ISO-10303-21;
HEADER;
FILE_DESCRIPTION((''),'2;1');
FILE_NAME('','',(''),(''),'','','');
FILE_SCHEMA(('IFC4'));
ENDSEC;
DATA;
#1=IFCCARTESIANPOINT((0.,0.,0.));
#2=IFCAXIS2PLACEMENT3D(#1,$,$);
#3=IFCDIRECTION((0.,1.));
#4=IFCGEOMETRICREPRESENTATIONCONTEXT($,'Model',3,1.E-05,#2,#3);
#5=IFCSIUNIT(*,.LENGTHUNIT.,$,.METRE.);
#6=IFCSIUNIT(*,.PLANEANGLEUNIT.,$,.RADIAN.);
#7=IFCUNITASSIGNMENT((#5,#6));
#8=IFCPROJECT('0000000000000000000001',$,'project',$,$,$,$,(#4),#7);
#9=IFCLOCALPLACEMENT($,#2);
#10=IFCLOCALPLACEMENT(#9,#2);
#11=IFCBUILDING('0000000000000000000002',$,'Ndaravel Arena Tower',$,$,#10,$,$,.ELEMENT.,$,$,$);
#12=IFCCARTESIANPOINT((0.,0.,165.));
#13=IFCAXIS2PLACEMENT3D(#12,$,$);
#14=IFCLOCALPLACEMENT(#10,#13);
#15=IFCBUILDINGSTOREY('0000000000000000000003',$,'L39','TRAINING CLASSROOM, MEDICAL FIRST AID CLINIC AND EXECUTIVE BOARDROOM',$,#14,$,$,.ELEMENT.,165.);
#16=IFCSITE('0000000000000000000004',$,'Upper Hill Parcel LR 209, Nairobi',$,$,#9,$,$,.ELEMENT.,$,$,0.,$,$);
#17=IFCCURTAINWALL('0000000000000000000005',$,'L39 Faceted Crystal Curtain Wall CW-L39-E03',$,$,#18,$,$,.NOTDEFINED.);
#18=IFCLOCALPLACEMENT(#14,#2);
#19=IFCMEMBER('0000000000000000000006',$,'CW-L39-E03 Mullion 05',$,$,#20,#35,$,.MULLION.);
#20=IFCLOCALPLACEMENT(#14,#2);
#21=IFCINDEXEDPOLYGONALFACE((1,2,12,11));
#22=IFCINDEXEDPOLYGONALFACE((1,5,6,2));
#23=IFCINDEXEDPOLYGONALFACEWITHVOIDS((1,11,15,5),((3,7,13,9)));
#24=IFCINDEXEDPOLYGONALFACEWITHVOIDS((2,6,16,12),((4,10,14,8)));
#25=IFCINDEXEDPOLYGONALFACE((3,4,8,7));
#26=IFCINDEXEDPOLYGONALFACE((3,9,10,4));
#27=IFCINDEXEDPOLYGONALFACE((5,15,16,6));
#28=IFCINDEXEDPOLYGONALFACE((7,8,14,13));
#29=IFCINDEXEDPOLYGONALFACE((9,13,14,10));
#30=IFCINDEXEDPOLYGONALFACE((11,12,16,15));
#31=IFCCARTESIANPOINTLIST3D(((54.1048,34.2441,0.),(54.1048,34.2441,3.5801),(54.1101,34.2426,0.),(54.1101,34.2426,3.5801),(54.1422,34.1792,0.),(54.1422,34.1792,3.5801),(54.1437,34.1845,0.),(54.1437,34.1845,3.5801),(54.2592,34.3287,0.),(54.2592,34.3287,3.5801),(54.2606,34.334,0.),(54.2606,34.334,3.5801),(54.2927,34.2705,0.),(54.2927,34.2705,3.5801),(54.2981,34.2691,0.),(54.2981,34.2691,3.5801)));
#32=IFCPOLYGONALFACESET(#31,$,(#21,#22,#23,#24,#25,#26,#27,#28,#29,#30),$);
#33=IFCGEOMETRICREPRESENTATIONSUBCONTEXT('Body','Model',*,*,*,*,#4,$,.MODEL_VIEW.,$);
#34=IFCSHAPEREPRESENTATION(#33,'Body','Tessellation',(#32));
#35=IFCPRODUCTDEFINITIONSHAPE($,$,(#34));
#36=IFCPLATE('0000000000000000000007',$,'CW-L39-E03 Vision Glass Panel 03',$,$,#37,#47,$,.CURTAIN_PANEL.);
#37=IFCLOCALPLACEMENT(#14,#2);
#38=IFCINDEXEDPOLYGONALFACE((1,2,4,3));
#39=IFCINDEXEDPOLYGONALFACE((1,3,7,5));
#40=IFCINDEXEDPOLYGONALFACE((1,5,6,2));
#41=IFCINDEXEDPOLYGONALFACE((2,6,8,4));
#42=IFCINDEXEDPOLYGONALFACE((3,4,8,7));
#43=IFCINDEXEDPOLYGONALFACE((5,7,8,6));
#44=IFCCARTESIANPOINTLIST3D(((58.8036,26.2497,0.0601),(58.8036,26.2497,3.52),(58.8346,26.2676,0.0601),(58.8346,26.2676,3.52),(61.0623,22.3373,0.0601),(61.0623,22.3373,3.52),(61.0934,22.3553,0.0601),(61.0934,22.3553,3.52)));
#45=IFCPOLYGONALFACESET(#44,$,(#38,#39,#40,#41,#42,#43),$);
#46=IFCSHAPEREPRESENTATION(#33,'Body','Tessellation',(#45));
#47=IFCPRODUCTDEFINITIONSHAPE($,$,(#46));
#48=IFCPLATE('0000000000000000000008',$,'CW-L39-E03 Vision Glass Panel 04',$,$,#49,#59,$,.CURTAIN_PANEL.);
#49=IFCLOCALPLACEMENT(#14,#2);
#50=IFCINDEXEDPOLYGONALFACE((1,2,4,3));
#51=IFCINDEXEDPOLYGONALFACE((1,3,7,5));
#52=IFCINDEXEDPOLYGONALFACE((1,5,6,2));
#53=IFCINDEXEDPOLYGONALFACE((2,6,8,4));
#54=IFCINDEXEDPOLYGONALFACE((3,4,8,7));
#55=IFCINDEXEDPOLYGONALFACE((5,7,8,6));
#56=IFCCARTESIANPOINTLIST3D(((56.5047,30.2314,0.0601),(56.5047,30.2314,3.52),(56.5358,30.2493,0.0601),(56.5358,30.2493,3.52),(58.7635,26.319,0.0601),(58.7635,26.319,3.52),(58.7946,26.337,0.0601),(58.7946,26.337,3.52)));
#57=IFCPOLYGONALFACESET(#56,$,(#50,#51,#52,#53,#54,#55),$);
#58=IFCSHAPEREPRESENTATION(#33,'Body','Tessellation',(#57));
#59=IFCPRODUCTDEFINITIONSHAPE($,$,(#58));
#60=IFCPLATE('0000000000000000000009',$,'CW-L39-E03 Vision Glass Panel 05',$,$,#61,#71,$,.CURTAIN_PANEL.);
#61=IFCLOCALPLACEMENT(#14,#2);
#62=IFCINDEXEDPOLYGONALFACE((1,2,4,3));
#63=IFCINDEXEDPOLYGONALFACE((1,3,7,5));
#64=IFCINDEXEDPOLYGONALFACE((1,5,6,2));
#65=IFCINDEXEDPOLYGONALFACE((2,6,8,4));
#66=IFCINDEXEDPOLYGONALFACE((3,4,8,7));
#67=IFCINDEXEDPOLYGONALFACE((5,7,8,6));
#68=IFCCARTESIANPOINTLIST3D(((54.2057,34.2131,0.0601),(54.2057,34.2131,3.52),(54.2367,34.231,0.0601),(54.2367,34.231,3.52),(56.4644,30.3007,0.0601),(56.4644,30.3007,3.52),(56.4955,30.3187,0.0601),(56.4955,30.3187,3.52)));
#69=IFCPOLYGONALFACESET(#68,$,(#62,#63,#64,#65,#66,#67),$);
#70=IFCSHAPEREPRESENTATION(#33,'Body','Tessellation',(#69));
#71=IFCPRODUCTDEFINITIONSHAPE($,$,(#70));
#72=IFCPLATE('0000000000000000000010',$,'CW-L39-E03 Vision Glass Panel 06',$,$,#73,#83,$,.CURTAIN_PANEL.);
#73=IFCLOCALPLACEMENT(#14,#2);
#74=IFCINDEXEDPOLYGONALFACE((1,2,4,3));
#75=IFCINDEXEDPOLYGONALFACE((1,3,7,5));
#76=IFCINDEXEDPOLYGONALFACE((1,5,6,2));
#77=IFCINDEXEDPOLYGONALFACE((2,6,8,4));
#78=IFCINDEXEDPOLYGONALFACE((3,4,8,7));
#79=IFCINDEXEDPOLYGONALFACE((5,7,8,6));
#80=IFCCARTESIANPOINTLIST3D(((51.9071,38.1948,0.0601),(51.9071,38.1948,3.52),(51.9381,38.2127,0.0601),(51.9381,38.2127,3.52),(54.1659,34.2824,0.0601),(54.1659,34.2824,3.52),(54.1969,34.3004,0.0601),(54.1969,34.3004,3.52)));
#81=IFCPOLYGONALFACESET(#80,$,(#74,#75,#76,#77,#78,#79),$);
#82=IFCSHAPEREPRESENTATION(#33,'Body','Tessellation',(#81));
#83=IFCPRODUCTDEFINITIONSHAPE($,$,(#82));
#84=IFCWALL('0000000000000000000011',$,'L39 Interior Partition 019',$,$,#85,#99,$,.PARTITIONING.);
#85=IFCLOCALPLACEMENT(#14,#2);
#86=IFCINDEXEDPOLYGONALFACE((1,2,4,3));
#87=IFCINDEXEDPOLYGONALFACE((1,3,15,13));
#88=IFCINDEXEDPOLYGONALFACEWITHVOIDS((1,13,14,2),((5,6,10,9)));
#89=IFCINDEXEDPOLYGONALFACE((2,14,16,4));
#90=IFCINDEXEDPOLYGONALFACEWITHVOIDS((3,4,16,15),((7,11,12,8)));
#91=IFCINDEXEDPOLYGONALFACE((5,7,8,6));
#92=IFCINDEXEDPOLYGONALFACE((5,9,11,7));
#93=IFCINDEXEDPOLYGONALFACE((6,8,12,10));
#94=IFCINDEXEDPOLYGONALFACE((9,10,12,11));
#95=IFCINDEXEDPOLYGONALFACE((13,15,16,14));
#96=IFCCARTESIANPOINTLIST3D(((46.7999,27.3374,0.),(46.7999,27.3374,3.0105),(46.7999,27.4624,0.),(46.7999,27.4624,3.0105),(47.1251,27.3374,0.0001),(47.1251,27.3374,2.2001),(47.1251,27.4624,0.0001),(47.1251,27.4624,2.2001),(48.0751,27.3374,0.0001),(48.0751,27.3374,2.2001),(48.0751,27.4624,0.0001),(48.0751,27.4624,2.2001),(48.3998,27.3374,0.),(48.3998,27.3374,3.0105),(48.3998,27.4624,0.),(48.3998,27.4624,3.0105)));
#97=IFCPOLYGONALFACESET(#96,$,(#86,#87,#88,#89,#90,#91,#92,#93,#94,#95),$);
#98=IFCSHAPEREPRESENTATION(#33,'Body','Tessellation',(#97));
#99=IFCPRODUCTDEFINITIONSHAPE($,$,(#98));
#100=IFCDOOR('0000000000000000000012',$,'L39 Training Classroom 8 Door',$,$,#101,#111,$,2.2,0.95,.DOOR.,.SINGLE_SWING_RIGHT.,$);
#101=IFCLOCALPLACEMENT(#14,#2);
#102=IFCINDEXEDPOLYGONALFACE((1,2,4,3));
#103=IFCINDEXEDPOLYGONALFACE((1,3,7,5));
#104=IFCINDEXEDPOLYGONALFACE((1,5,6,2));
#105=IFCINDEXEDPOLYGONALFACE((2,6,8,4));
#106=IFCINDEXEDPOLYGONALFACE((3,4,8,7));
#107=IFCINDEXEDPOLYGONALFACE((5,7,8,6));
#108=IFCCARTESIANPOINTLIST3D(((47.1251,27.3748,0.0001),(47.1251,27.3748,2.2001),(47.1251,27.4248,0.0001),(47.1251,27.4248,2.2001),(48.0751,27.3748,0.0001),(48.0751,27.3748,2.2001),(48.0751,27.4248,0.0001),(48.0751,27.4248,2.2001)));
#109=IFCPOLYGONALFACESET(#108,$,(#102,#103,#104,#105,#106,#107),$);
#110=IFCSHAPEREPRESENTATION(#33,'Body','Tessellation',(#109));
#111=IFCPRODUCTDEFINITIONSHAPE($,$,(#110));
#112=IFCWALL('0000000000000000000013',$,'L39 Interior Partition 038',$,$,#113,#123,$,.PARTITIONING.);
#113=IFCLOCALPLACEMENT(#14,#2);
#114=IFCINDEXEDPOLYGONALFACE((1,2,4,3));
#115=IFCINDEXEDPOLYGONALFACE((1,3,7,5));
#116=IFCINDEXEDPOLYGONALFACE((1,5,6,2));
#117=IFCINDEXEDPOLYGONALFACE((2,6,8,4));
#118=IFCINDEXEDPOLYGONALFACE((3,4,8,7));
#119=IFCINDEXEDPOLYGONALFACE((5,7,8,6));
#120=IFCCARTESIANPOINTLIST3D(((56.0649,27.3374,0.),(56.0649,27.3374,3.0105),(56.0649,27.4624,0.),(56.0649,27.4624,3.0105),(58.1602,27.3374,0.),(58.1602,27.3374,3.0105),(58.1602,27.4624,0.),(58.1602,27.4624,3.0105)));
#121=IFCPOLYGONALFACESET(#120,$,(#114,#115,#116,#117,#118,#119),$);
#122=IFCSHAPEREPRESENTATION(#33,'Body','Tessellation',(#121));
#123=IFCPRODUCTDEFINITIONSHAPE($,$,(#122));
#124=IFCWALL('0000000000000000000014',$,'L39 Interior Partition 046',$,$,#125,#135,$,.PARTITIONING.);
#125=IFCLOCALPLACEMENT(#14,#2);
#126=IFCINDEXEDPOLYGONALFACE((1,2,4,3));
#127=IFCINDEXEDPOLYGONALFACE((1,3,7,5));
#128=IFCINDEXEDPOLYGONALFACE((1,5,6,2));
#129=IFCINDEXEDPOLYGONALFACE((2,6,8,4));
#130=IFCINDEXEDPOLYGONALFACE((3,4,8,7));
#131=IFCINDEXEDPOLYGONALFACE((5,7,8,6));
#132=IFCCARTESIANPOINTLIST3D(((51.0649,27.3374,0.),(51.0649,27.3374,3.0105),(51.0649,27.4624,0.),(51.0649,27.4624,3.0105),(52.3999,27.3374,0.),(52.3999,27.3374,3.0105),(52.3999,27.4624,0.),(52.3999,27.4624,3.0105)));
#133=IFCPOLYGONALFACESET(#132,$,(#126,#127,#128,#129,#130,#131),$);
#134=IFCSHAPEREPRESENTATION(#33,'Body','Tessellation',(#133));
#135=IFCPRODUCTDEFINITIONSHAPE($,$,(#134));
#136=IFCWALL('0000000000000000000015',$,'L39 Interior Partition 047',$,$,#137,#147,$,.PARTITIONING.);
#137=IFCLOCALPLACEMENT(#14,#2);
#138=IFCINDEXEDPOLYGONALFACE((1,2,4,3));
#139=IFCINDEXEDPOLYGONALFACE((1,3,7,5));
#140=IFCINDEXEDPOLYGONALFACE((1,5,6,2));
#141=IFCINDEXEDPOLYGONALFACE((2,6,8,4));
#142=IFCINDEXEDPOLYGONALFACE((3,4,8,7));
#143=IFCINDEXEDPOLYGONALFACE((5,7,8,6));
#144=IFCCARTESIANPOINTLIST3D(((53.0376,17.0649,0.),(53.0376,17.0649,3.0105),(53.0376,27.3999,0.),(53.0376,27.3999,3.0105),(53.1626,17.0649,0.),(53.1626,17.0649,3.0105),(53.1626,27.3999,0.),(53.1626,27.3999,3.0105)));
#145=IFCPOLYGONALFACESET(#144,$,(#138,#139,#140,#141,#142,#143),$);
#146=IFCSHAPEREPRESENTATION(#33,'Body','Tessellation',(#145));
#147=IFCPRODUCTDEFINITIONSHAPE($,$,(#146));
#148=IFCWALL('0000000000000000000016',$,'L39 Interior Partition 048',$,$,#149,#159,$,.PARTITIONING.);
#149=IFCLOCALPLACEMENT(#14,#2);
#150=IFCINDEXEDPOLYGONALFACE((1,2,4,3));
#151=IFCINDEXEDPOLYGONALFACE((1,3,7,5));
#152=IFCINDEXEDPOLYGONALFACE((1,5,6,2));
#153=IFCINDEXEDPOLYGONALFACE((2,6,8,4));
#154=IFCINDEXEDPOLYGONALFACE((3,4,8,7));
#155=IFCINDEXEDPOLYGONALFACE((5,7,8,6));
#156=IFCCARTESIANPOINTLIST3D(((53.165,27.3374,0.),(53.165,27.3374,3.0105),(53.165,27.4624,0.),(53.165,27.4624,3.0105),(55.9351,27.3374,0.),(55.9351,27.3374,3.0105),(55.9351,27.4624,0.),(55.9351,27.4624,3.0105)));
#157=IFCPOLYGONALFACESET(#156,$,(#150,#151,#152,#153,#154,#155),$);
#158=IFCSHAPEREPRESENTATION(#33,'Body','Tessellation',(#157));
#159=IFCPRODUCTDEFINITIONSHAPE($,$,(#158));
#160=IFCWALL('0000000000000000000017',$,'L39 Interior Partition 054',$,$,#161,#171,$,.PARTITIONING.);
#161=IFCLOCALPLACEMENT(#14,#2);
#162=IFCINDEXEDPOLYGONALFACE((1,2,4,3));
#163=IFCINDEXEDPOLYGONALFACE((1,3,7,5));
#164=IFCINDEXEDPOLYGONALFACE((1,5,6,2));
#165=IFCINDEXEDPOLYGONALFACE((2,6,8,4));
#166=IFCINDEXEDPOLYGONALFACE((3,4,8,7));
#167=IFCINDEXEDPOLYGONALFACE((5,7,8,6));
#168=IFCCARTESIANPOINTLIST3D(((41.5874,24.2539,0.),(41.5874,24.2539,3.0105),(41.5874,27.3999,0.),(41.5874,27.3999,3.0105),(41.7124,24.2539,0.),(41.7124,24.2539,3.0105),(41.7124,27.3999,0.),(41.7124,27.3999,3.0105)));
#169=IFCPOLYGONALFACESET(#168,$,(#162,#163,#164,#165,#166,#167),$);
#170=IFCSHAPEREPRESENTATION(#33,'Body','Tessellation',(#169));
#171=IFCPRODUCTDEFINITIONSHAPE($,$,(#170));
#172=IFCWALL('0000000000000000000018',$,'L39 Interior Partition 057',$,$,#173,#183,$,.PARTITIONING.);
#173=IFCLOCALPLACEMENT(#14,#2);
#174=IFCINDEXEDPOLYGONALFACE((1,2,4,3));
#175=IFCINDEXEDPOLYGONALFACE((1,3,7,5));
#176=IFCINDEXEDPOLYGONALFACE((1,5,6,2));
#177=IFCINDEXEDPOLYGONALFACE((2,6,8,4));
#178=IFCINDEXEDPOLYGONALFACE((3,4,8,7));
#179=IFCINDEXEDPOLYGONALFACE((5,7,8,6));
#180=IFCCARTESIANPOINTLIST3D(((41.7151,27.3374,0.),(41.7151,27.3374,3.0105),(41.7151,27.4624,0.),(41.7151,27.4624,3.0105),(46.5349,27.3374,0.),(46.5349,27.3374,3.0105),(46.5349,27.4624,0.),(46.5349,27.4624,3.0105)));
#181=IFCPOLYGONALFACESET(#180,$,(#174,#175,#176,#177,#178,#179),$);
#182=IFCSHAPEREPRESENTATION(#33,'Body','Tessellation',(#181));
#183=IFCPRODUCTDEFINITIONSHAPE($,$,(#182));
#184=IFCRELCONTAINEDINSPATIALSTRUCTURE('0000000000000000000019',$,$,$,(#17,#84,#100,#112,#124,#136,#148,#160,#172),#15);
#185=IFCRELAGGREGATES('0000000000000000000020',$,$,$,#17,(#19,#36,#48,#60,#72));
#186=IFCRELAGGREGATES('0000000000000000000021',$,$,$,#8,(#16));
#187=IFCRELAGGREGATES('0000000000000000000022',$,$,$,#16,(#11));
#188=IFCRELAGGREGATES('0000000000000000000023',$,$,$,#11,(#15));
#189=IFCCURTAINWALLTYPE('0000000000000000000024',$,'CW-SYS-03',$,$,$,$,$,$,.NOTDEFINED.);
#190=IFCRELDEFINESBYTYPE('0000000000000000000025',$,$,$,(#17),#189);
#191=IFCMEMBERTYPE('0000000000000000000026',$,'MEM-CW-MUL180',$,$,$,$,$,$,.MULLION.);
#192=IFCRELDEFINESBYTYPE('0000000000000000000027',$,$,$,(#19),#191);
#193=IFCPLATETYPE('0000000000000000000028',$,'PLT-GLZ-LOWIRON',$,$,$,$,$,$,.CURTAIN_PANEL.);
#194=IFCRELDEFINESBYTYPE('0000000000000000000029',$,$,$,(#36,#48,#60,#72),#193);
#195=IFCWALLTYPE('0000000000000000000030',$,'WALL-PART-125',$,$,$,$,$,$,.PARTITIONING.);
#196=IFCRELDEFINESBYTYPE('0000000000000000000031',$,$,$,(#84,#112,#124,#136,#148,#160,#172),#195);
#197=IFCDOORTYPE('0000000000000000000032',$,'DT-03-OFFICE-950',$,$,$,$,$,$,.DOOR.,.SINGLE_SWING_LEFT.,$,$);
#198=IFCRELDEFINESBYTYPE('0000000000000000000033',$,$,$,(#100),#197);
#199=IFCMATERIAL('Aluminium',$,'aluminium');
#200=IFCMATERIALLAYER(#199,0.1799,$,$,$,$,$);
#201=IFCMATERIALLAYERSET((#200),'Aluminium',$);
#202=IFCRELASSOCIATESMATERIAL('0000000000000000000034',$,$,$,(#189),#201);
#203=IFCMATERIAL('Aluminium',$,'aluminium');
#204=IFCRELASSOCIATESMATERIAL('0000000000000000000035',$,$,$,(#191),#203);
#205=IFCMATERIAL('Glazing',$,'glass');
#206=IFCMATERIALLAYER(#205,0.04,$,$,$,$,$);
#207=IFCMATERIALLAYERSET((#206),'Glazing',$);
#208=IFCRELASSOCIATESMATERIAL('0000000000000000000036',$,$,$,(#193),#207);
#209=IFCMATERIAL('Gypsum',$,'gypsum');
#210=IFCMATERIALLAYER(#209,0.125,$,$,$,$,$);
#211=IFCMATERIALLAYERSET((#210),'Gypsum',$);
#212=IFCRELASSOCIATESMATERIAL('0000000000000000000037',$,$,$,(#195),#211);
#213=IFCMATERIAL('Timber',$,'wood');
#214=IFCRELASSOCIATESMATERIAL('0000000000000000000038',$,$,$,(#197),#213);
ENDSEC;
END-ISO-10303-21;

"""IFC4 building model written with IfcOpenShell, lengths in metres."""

from ifc_helpers import new_model, si_unit, direction, frame, frame_2d, origin, origin_2d, place, context, subcontext, project, spatial, rectangle, hollow_rectangle, extrude, material, layer, layer_set, material_profile, profile_set, type_object, element, fill, aggregate, save


model = new_model("IFC4")

# Units and contexts
model_context = context("Model", 3, precision=1e-05, world=origin(), true_north=direction((0.0, 1.0)))
body_context = subcontext(model_context, "Body", "Model", "MODEL_VIEW")
ifc_project = project(units=[si_unit("LENGTHUNIT", "METRE"), si_unit("PLANEANGLEUNIT", "RADIAN")], contexts=[model_context])

# Site, building, storey
site_placement = place(None, origin())
site = spatial("IfcSite", under=ifc_project, at=site_placement, Name="Upper Hill Parcel LR 209, Nairobi", CompositionType="ELEMENT", RefElevation=0.0)
building_placement = place(site_placement, origin())
building = spatial("IfcBuilding", under=site, at=building_placement, Name="Ndaravel Arena Tower", CompositionType="ELEMENT")
storey_placement = place(building_placement, frame((0.0, 0.0, 165.0)))
storey = spatial("IfcBuildingStorey", under=building, at=storey_placement, Name="L39", Description="TRAINING CLASSROOM, MEDICAL FIRST AID CLINIC AND EXECUTIVE BOARDROOM", CompositionType="ELEMENT", Elevation=165.0)

# Curtain wall, member, plates
ifc_material_1 = material(Name="Aluminium", Category="aluminium")
ifc_layer_1 = layer(ifc_material_1, 0.1799)
ifc_layer_set_1 = layer_set([ifc_layer_1], Name="Aluminium")
curtain_wall_type = type_object("IfcCurtainWallType", Name="CW-SYS-03", PredefinedType="NOTDEFINED", material=ifc_layer_set_1)
curtain_wall_placement = place(storey_placement, origin())
curtain_wall = element("IfcCurtainWall", 1, at=curtain_wall_placement, inside=storey, type_object=curtain_wall_type, Name="L39 Faceted Crystal Curtain Wall CW-L39-E03", PredefinedType="NOTDEFINED")
ifc_material_2 = material(Name="Aluminium", Category="aluminium")
ifc_material_profile_1 = material_profile(ifc_material_2, hollow_rectangle(XDim=0.075, YDim=0.1799, WallThickness=0.0039, at=origin_2d()), Name="CW MULLION 75x180x4")
ifc_profile_set_1 = profile_set([ifc_material_profile_1], Name="Aluminium")
member_type = type_object("IfcMemberType", Name="MEM-CW-MUL180", PredefinedType="MULLION", material=ifc_profile_set_1)
member_1_placement = place(storey_placement, frame((54.2014, 34.2566, 0.0), z_axis=(0.0, 0.0, 1.0), x_axis=(-0.5, 0.866025, 0.0)))
member_1 = element("IfcMember", 2, at=member_1_placement, type_object=member_type, Name="CW-L39-E03 Mullion 05", PredefinedType="MULLION", context=body_context, shape_type="SweptSolid", body=[
    extrude(hollow_rectangle(XDim=0.075, YDim=0.1799, WallThickness=0.0039, at=origin_2d()), origin(), (0.0, 0.0, 1.0), 3.5801),
])
ifc_material_3 = material(Name="Glazing", Category="glass")
ifc_layer_2 = layer(ifc_material_3, 0.04)
ifc_layer_set_2 = layer_set([ifc_layer_2], Name="Glazing")
plate_type = type_object("IfcPlateType", Name="PLT-GLZ-LOWIRON", PredefinedType="CURTAIN_PANEL", material=ifc_layer_set_2)
plate_1_placement = place(storey_placement, frame((59.9485, 24.3025, 0.0601), z_axis=(0.0, 0.0, 1.0), x_axis=(-0.5, 0.866025, 0.0)))
plate_1 = element("IfcPlate", 3, at=plate_1_placement, type_object=plate_type, Name="CW-L39-E03 Vision Glass Panel 03", PredefinedType="CURTAIN_PANEL", context=body_context, shape_type="SweptSolid", body=[
    extrude(rectangle(XDim=4.5176, YDim=0.0359, at=origin_2d()), origin(), (0.0, 0.0, 1.0), 3.46),
])
plate_2_placement = place(storey_placement, frame((57.6497, 28.2842, 0.0601), z_axis=(0.0, 0.0, 1.0), x_axis=(-0.5, 0.866025, 0.0)))
plate_2 = element("IfcPlate", 4, at=plate_2_placement, type_object=plate_type, Name="CW-L39-E03 Vision Glass Panel 04", PredefinedType="CURTAIN_PANEL", context=body_context, shape_type="SweptSolid", body=[
    extrude(rectangle(XDim=4.5176, YDim=0.0359, at=origin_2d()), origin(), (0.0, 0.0, 1.0), 3.46),
])
plate_3_placement = place(storey_placement, frame((55.3506, 32.2659, 0.0601), z_axis=(0.0, 0.0, 1.0), x_axis=(-0.5, 0.866025, 0.0)))
plate_3 = element("IfcPlate", 5, at=plate_3_placement, type_object=plate_type, Name="CW-L39-E03 Vision Glass Panel 05", PredefinedType="CURTAIN_PANEL", context=body_context, shape_type="SweptSolid", body=[
    extrude(rectangle(XDim=4.5176, YDim=0.0359, at=origin_2d()), origin(), (0.0, 0.0, 1.0), 3.46),
])
plate_4_placement = place(storey_placement, frame((53.052, 36.2476, 0.0601), z_axis=(0.0, 0.0, 1.0), x_axis=(-0.5, 0.866025, 0.0)))
plate_4 = element("IfcPlate", 6, at=plate_4_placement, type_object=plate_type, Name="CW-L39-E03 Vision Glass Panel 06", PredefinedType="CURTAIN_PANEL", context=body_context, shape_type="SweptSolid", body=[
    extrude(rectangle(XDim=4.5176, YDim=0.0359, at=origin_2d()), origin(), (0.0, 0.0, 1.0), 3.46),
])
aggregate(curtain_wall, [member_1, plate_1, plate_2, plate_3, plate_4])

# Wall, opening, door
ifc_material_4 = material(Name="Gypsum", Category="gypsum")
ifc_layer_3 = layer(ifc_material_4, 0.125)
ifc_layer_set_3 = layer_set([ifc_layer_3], Name="Gypsum")
wall_type_1 = type_object("IfcWallType", Name="WALL-PART-125", PredefinedType="PARTITIONING", material=ifc_layer_set_3)
wall_1_placement = place(storey_placement, frame((46.8, 27.3999, 0.0), z_axis=(0.0, 0.0, 1.0), x_axis=(1.0, 0.0, 0.0)))
wall_1 = element("IfcWall", 7, at=wall_1_placement, inside=storey, type_object=wall_type_1, Name="L39 Interior Partition 019", PredefinedType="PARTITIONING", context=body_context, shape_type="SweptSolid", body=[
    extrude(rectangle(XDim=1.5999, YDim=0.125, at=frame_2d((0.7998, 0.0))), origin(), (0.0, 0.0, 1.0), 3.0105),
])
opening_1_placement = place(wall_1_placement, frame((0.325, 0.0, 0.0)))
opening_1 = element("IfcOpeningElement", 8, at=opening_1_placement, cuts=wall_1, PredefinedType="OPENING", context=body_context, shape_type="SweptSolid", body=[
    extrude(rectangle(XDim=0.95, YDim=2.2, at=frame_2d((0.4751, 1.1001))), frame((0.0, 0.0625, 0.0), z_axis=(0.0, -1.0, 0.0), x_axis=(1.0, 0.0, 0.0)), (0.0, 0.0, 1.0), 0.125),
])
ifc_material_5 = material(Name="Timber", Category="wood")
door_type_1 = type_object("IfcDoorType", Name="DT-03-OFFICE-950", OperationType="SINGLE_SWING_LEFT", PredefinedType="DOOR", material=ifc_material_5)
door_1_placement = place(opening_1_placement, origin())
door_1 = element("IfcDoor", 9, at=door_1_placement, inside=storey, type_object=door_type_1, Name="L39 Training Classroom 8 Door", OperationType="SINGLE_SWING_RIGHT", OverallHeight=2.2, OverallWidth=0.95, PredefinedType="DOOR", context=body_context, shape_type="SweptSolid", body=[
    extrude(rectangle(XDim=0.95, YDim=2.2, at=frame_2d((0.4751, 1.1001))), frame((0.0, 0.0249, 0.0), z_axis=(0.0, -1.0, 0.0), x_axis=(1.0, 0.0, 0.0)), (0.0, 0.0, 1.0), 0.05),
])
fill(opening_1, door_1)

# Walls
wall_2_placement = place(storey_placement, frame((56.0649, 27.3999, 0.0), z_axis=(0.0, 0.0, 1.0), x_axis=(1.0, 0.0, 0.0)))
element("IfcWall", 10, at=wall_2_placement, inside=storey, type_object=wall_type_1, Name="L39 Interior Partition 038", PredefinedType="PARTITIONING", context=body_context, shape_type="SweptSolid", body=[
    extrude(rectangle(XDim=2.0952, YDim=0.125, at=frame_2d((1.0476, 0.0))), origin(), (0.0, 0.0, 1.0), 3.0105),
])
wall_3_placement = place(storey_placement, frame((51.0649, 27.3999, 0.0), z_axis=(0.0, 0.0, 1.0), x_axis=(1.0, 0.0, 0.0)))
element("IfcWall", 11, at=wall_3_placement, inside=storey, type_object=wall_type_1, Name="L39 Interior Partition 046", PredefinedType="PARTITIONING", context=body_context, shape_type="SweptSolid", body=[
    extrude(rectangle(XDim=1.335, YDim=0.125, at=frame_2d((0.6675, 0.0))), origin(), (0.0, 0.0, 1.0), 3.0105),
])
wall_4_placement = place(storey_placement, frame((53.1001, 27.3999, 0.0), z_axis=(0.0, 0.0, 1.0), x_axis=(0.0, -1.0, 0.0)))
element("IfcWall", 12, at=wall_4_placement, inside=storey, type_object=wall_type_1, Name="L39 Interior Partition 047", PredefinedType="PARTITIONING", context=body_context, shape_type="SweptSolid", body=[
    extrude(rectangle(XDim=10.335, YDim=0.125, at=frame_2d((5.1675, 0.0))), origin(), (0.0, 0.0, 1.0), 3.0105),
])
wall_5_placement = place(storey_placement, frame((53.165, 27.3999, 0.0), z_axis=(0.0, 0.0, 1.0), x_axis=(1.0, 0.0, 0.0)))
element("IfcWall", 13, at=wall_5_placement, inside=storey, type_object=wall_type_1, Name="L39 Interior Partition 048", PredefinedType="PARTITIONING", context=body_context, shape_type="SweptSolid", body=[
    extrude(rectangle(XDim=2.77, YDim=0.125, at=frame_2d((1.385, 0.0))), origin(), (0.0, 0.0, 1.0), 3.0105),
])
wall_6_placement = place(storey_placement, frame((41.6499, 27.3999, 0.0), z_axis=(0.0, 0.0, 1.0), x_axis=(0.0, -1.0, 0.0)))
element("IfcWall", 14, at=wall_6_placement, inside=storey, type_object=wall_type_1, Name="L39 Interior Partition 054", PredefinedType="PARTITIONING", context=body_context, shape_type="SweptSolid", body=[
    extrude(rectangle(XDim=3.146, YDim=0.125, at=frame_2d((1.573, 0.0))), origin(), (0.0, 0.0, 1.0), 3.0105),
])
wall_7_placement = place(storey_placement, frame((41.7151, 27.3999, 0.0), z_axis=(0.0, 0.0, 1.0), x_axis=(1.0, 0.0, 0.0)))
element("IfcWall", 15, at=wall_7_placement, inside=storey, type_object=wall_type_1, Name="L39 Interior Partition 057", PredefinedType="PARTITIONING", context=body_context, shape_type="SweptSolid", body=[
    extrude(rectangle(XDim=4.8198, YDim=0.125, at=frame_2d((2.4099, 0.0))), origin(), (0.0, 0.0, 1.0), 3.0105),
])

save(model, "model.ifc")
